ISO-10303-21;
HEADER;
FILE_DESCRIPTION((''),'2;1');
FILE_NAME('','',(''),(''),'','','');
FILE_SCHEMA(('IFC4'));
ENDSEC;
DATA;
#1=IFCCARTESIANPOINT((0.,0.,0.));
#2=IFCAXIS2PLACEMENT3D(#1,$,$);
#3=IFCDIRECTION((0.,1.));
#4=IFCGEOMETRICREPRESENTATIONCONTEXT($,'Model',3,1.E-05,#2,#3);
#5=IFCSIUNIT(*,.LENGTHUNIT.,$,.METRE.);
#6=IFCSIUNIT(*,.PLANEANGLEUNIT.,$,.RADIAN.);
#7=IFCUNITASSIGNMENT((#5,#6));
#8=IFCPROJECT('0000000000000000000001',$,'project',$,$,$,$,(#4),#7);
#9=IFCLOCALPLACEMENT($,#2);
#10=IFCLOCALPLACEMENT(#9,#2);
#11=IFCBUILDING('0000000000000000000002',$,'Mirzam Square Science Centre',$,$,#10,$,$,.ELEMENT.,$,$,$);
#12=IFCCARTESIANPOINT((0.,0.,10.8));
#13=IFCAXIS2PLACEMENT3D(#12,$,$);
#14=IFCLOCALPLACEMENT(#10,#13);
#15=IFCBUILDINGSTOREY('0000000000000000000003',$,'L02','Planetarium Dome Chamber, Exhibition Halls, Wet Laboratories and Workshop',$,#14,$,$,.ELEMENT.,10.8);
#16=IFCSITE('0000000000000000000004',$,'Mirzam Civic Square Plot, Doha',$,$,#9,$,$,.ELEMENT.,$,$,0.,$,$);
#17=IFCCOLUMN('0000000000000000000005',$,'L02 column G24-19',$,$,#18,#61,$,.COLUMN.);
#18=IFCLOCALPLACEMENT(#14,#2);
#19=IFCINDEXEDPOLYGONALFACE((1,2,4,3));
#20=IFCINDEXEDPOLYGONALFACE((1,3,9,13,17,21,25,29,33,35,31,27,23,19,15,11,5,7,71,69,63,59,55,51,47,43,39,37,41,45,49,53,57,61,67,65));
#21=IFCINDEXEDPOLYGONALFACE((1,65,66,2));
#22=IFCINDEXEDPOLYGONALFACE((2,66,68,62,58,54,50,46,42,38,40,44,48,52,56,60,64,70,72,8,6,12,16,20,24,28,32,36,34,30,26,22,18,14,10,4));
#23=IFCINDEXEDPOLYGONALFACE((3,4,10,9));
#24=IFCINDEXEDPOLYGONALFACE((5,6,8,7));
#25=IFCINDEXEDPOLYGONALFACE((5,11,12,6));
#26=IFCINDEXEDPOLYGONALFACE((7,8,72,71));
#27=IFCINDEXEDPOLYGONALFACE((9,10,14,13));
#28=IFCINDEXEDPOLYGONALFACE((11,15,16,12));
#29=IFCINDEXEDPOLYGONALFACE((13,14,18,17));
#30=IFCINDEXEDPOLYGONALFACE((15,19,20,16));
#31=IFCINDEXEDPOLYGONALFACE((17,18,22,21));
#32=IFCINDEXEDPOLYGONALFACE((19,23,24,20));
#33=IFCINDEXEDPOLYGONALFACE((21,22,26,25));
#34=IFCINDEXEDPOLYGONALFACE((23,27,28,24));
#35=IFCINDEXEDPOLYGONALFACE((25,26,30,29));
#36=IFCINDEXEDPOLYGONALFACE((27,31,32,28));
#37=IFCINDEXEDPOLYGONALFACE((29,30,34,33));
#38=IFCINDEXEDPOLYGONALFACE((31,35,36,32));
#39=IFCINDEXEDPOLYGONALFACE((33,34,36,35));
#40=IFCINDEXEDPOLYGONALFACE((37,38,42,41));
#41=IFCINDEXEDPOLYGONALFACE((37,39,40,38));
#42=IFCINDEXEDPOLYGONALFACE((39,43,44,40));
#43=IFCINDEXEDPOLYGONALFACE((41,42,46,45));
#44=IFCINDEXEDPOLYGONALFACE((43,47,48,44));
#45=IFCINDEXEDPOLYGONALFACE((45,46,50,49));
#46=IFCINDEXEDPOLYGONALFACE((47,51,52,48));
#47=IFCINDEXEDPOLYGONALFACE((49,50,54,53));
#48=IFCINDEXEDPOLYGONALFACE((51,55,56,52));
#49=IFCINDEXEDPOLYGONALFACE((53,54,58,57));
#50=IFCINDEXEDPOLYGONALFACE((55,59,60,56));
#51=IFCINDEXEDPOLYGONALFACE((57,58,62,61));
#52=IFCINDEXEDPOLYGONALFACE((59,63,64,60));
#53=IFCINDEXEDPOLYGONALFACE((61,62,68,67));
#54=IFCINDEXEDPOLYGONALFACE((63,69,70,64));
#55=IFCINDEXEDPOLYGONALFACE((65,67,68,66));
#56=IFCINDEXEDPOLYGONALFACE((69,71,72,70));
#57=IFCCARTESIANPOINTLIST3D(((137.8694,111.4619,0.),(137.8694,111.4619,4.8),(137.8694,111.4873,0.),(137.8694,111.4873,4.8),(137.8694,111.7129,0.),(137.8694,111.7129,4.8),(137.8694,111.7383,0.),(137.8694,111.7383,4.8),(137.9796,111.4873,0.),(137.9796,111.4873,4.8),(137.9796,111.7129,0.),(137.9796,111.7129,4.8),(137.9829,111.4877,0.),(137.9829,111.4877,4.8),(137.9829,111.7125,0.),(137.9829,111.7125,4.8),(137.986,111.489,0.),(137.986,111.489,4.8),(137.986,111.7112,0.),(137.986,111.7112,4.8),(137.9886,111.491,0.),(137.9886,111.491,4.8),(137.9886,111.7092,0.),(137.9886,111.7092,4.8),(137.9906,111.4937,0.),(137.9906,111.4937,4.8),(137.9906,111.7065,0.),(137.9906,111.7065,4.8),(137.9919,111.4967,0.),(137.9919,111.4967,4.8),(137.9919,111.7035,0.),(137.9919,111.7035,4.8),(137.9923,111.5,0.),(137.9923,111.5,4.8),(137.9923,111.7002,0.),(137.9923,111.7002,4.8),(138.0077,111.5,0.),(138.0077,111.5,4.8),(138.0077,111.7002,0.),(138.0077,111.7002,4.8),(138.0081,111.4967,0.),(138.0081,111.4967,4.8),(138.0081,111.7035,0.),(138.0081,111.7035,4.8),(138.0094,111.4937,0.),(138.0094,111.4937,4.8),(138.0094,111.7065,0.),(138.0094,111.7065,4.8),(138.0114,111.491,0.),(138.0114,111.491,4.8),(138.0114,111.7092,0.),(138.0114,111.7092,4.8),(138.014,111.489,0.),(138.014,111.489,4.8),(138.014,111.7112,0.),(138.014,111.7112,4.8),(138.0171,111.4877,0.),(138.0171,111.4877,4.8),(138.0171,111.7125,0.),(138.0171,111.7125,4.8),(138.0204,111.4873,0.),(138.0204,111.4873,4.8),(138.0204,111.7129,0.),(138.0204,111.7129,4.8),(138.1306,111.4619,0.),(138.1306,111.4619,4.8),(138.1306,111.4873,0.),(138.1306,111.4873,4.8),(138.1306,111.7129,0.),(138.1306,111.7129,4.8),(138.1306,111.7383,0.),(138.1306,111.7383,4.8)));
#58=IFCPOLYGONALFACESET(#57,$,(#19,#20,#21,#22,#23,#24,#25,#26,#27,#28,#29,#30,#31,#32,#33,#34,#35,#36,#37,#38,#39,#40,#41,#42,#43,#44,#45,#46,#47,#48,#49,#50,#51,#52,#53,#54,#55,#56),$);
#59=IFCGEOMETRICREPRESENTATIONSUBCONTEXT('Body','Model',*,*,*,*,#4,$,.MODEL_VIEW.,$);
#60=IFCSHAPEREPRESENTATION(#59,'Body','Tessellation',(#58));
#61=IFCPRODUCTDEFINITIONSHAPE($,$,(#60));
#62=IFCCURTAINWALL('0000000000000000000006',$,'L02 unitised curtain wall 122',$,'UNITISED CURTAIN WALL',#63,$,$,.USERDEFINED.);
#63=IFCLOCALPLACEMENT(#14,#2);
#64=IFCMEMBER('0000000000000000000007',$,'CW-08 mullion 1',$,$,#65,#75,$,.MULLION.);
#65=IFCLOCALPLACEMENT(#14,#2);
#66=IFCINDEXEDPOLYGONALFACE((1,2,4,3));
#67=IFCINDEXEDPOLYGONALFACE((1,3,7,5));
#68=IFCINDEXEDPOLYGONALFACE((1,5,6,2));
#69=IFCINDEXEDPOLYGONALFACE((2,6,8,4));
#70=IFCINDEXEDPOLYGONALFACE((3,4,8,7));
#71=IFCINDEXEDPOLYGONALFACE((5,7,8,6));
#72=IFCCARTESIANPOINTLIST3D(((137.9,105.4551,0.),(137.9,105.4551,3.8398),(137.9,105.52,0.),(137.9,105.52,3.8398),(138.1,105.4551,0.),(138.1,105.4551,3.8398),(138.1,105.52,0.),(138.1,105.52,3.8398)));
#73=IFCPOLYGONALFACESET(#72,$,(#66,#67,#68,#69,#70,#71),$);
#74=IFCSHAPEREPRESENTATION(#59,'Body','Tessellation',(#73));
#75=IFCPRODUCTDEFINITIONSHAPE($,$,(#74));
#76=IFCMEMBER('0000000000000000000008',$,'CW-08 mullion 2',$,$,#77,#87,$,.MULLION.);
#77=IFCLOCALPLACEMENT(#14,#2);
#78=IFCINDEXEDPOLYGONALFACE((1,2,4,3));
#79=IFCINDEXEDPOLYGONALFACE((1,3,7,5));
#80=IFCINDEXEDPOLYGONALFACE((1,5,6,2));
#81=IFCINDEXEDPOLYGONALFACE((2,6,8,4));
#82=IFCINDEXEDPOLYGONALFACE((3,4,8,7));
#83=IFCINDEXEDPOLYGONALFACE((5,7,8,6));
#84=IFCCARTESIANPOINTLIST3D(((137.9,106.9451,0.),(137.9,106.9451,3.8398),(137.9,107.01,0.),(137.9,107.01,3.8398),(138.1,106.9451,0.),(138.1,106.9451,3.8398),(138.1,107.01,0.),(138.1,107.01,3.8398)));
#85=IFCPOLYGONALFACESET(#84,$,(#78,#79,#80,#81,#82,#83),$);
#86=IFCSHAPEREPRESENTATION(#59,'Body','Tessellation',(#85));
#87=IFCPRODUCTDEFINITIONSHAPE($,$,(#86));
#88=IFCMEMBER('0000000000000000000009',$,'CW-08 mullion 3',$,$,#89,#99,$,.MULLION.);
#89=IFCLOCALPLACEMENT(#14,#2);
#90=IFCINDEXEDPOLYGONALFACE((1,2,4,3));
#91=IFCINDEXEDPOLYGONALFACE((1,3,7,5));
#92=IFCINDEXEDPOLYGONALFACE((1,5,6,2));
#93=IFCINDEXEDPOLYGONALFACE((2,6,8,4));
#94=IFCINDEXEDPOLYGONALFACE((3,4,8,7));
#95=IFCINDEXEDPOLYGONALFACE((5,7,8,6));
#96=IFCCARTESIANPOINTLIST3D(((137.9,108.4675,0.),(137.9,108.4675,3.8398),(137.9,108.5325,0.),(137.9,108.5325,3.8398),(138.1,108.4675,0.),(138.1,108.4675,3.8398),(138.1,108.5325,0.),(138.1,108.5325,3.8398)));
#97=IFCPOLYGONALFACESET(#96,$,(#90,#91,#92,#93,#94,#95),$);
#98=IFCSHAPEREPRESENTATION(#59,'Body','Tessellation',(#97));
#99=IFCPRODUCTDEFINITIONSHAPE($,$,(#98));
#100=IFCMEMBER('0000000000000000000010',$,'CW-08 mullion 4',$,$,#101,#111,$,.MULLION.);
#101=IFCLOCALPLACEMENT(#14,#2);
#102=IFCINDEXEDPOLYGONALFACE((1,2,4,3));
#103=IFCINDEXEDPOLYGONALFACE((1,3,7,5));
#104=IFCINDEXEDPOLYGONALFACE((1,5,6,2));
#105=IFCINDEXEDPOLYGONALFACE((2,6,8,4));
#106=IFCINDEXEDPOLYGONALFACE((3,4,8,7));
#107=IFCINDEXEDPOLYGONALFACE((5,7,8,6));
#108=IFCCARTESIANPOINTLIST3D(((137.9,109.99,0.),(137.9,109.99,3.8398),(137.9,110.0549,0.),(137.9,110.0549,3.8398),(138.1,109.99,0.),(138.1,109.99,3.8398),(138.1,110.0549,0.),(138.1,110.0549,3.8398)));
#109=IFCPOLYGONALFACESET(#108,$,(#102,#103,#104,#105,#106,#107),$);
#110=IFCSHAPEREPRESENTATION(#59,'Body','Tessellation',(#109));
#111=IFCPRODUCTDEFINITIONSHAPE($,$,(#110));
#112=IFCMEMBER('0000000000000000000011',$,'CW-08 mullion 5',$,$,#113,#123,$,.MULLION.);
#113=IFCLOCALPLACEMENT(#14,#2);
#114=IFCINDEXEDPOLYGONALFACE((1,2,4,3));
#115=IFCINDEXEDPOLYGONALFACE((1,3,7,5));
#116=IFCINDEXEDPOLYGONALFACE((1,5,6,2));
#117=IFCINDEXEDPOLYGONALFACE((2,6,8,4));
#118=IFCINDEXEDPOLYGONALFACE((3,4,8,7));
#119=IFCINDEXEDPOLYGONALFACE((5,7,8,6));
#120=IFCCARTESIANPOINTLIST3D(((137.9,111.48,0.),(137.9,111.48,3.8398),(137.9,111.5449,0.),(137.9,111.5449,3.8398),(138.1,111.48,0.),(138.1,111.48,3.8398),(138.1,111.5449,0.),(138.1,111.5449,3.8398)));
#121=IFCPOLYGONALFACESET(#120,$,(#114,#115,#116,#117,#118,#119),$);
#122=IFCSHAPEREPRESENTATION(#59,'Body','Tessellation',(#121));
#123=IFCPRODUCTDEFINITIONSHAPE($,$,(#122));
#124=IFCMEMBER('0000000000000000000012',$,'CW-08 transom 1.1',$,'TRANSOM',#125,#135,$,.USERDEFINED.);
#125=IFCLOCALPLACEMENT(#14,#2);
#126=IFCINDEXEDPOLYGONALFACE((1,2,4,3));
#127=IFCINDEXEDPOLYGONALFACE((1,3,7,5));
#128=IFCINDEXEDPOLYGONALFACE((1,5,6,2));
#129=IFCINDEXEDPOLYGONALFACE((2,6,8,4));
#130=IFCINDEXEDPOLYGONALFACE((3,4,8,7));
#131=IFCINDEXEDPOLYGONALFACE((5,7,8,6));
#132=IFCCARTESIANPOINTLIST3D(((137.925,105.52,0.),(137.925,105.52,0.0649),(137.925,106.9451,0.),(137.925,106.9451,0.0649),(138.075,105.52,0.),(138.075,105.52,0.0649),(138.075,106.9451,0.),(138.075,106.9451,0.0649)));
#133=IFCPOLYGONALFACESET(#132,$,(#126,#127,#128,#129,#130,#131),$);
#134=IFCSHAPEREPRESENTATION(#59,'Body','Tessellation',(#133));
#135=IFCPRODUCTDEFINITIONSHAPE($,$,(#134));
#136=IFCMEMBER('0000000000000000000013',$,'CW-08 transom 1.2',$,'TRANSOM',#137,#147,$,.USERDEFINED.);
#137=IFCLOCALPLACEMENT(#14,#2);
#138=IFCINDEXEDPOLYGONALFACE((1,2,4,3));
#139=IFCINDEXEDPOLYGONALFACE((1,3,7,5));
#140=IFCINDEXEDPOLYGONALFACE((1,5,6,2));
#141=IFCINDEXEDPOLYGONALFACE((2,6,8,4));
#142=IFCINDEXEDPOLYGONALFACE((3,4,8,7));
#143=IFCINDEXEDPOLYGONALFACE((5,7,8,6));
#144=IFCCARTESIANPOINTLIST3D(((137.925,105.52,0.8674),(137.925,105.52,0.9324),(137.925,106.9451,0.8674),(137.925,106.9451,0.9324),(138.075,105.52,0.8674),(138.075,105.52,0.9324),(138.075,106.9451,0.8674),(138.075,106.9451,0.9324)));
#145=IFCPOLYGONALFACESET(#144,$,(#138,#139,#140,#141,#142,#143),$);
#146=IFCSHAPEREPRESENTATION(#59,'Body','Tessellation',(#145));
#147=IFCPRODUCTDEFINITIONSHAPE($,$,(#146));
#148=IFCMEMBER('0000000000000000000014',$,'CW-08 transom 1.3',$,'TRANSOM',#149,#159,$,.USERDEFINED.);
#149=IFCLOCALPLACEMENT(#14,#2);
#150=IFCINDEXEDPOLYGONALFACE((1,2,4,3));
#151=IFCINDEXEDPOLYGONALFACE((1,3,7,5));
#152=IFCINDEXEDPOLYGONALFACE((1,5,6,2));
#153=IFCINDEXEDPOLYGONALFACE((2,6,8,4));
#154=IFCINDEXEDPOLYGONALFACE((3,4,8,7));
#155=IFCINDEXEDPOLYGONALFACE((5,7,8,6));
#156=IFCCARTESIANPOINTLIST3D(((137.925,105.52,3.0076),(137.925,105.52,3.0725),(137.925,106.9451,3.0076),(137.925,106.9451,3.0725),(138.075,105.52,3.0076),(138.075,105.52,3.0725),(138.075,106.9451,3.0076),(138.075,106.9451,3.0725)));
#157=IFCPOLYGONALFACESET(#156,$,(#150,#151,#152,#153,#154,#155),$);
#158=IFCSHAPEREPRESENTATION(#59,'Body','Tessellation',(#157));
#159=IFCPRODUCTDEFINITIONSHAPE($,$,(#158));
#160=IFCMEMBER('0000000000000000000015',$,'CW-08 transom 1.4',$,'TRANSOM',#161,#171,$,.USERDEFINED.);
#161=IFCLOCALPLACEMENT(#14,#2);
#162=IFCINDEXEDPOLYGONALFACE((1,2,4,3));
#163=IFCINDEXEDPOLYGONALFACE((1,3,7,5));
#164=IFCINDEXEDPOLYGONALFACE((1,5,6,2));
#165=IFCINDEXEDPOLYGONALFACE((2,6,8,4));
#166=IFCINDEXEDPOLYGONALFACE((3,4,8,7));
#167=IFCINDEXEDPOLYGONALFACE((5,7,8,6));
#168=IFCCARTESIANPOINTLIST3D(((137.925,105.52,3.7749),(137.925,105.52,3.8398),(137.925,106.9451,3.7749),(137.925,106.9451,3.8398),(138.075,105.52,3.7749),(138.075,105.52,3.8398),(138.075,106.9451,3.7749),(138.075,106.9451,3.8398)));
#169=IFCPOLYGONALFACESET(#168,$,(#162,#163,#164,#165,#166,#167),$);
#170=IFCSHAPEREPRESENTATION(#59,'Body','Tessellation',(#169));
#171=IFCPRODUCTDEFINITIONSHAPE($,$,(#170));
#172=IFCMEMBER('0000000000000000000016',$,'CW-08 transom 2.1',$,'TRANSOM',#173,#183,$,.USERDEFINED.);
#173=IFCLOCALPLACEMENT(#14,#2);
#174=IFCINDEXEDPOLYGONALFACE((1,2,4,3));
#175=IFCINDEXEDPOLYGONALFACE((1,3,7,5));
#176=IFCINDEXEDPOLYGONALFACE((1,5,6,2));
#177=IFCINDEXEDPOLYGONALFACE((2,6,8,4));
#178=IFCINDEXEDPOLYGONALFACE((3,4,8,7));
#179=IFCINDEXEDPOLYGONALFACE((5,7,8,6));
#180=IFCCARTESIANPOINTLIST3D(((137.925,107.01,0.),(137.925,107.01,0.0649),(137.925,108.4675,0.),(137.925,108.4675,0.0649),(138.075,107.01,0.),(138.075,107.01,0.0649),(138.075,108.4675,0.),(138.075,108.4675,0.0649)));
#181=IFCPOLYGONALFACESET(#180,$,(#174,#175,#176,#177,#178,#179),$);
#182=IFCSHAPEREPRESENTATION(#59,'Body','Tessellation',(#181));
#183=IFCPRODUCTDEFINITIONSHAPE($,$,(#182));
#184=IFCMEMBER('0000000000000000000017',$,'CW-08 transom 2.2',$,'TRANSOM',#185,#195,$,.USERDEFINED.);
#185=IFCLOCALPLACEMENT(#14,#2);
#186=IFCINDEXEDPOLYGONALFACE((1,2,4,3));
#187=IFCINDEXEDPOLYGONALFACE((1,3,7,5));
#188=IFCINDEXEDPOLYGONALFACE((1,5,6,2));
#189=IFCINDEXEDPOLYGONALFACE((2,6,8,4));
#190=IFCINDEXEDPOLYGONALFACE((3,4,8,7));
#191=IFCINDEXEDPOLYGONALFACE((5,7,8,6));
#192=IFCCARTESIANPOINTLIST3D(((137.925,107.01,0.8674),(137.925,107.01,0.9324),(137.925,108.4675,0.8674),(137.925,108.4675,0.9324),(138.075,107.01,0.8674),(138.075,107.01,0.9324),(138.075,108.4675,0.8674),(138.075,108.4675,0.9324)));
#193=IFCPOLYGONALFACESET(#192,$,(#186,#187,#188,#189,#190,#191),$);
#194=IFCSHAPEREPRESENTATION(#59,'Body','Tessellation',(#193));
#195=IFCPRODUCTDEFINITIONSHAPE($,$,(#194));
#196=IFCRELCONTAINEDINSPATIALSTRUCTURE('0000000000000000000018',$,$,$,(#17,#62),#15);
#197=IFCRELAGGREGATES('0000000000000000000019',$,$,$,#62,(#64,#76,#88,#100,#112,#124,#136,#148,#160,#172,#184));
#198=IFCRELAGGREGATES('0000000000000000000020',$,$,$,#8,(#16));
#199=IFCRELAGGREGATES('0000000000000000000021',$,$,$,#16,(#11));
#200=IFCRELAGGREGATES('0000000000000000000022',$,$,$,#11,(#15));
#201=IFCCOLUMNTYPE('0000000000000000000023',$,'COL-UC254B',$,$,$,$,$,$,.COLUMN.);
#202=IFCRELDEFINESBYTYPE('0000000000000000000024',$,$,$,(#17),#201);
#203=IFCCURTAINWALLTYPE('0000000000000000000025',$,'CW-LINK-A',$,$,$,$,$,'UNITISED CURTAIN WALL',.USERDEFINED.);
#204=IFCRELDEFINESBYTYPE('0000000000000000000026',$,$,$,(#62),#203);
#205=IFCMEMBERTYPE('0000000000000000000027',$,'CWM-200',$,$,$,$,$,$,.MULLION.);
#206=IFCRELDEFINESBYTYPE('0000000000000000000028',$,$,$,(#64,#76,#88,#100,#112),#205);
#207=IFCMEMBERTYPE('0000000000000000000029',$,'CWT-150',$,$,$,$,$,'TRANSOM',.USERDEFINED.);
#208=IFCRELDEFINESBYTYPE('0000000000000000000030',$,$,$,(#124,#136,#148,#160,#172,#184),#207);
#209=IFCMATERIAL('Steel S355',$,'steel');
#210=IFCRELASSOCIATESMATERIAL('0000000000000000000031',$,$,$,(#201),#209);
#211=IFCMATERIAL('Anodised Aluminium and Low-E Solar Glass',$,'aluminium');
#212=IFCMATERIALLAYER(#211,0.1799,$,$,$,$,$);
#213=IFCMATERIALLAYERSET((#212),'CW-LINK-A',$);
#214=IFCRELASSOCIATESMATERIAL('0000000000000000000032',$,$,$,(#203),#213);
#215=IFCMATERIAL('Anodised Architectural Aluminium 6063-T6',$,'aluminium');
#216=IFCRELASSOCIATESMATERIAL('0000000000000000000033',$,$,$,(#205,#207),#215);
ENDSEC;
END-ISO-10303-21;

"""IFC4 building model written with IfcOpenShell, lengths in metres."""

from ifc_helpers import new_model, si_unit, direction, frame, origin, origin_2d, place, context, subcontext, project, spatial, rectangle, i_section, extrude, material, layer, layer_set, material_profile, profile_set, type_object, element, aggregate, save


model = new_model("IFC4")

# Units and contexts
model_context = context("Model", 3, precision=1e-05, world=origin(), true_north=direction((0.0, 1.0)))
body_context = subcontext(model_context, "Body", "Model", "MODEL_VIEW")
ifc_project = project(units=[si_unit("LENGTHUNIT", "METRE"), si_unit("PLANEANGLEUNIT", "RADIAN")], contexts=[model_context])

# Site, building, storey
site_placement = place(None, origin())
site = spatial("IfcSite", under=ifc_project, at=site_placement, Name="Mirzam Civic Square Plot, Doha", CompositionType="ELEMENT", RefElevation=0.0)
building_placement = place(site_placement, origin())
building = spatial("IfcBuilding", under=site, at=building_placement, Name="Mirzam Square Science Centre", CompositionType="ELEMENT")
storey_placement = place(building_placement, frame((0.0, 0.0, 10.8)))
storey = spatial("IfcBuildingStorey", under=building, at=storey_placement, Name="L02", Description="Planetarium Dome Chamber, Exhibition Halls, Wet Laboratories and Workshop", CompositionType="ELEMENT", Elevation=10.8)

# Column
ifc_material_1 = material(Name="Steel S355", Category="steel")
ifc_material_profile_1 = material_profile(ifc_material_1, i_section(OverallWidth=0.2612, OverallDepth=0.2764, WebThickness=0.0154, FlangeThickness=0.0254, FilletRadius=0.0127, at=origin_2d()), Name="254x254x132UC")
ifc_profile_set_1 = profile_set([ifc_material_profile_1], Name="Steel S355")
column_type = type_object("IfcColumnType", Name="COL-UC254B", PredefinedType="COLUMN", material=ifc_profile_set_1)
column_placement = place(storey_placement, frame((138.0, 111.6001, 0.0), z_axis=(0.0, 0.0, 1.0), x_axis=(1.0, 0.0, 0.0)))
element("IfcColumn", 1, at=column_placement, inside=storey, type_object=column_type, Name="L02 column G24-19", PredefinedType="COLUMN", context=body_context, shape_type="SweptSolid", body=[
    extrude(i_section(OverallWidth=0.2612, OverallDepth=0.2764, WebThickness=0.0154, FlangeThickness=0.0254, FilletRadius=0.0127, at=origin_2d()), origin(), (0.0, 0.0, 1.0), 4.8),
])

# Curtain wall, members
ifc_material_2 = material(Name="Anodised Aluminium and Low-E Solar Glass", Category="aluminium")
ifc_layer_1 = layer(ifc_material_2, 0.1799)
ifc_layer_set_1 = layer_set([ifc_layer_1], Name="CW-LINK-A")
curtain_wall_type = type_object("IfcCurtainWallType", Name="CW-LINK-A", ElementType="UNITISED CURTAIN WALL", PredefinedType="USERDEFINED", material=ifc_layer_set_1)
curtain_wall_placement = place(storey_placement, origin())
curtain_wall = element("IfcCurtainWall", 2, at=curtain_wall_placement, inside=storey, type_object=curtain_wall_type, Name="L02 unitised curtain wall 122", ObjectType="UNITISED CURTAIN WALL", PredefinedType="USERDEFINED")
ifc_material_3 = material(Name="Anodised Architectural Aluminium 6063-T6", Category="aluminium")
ifc_material_profile_2 = material_profile(ifc_material_3, rectangle(XDim=0.0649, YDim=0.2, at=origin_2d()), Name="ALU-MULL-200x65x5")
ifc_profile_set_2 = profile_set([ifc_material_profile_2], Name="Anodised Architectural Aluminium 6063-T6")
member_type_1 = type_object("IfcMemberType", Name="CWM-200", PredefinedType="MULLION", material=ifc_profile_set_2)
member_1_placement = place(storey_placement, frame((138.0, 105.4875, 0.0), z_axis=(0.0, 0.0, 1.0), x_axis=(0.0, 1.0, 0.0)))
member_1 = element("IfcMember", 3, at=member_1_placement, type_object=member_type_1, Name="CW-08 mullion 1", PredefinedType="MULLION", context=body_context, shape_type="SweptSolid", body=[
    extrude(rectangle(XDim=0.0649, YDim=0.2, at=origin_2d()), origin(), (0.0, 0.0, 1.0), 3.8398),
])
member_2_placement = place(storey_placement, frame((138.0, 106.9775, 0.0), z_axis=(0.0, 0.0, 1.0), x_axis=(0.0, 1.0, 0.0)))
member_2 = element("IfcMember", 4, at=member_2_placement, type_object=member_type_1, Name="CW-08 mullion 2", PredefinedType="MULLION", context=body_context, shape_type="SweptSolid", body=[
    extrude(rectangle(XDim=0.0649, YDim=0.2, at=origin_2d()), origin(), (0.0, 0.0, 1.0), 3.8398),
])
member_3_placement = place(storey_placement, frame((138.0, 108.5, 0.0), z_axis=(0.0, 0.0, 1.0), x_axis=(0.0, 1.0, 0.0)))
member_3 = element("IfcMember", 5, at=member_3_placement, type_object=member_type_1, Name="CW-08 mullion 3", PredefinedType="MULLION", context=body_context, shape_type="SweptSolid", body=[
    extrude(rectangle(XDim=0.0649, YDim=0.2, at=origin_2d()), origin(), (0.0, 0.0, 1.0), 3.8398),
])
member_4_placement = place(storey_placement, frame((138.0, 110.0225, 0.0), z_axis=(0.0, 0.0, 1.0), x_axis=(0.0, 1.0, 0.0)))
member_4 = element("IfcMember", 6, at=member_4_placement, type_object=member_type_1, Name="CW-08 mullion 4", PredefinedType="MULLION", context=body_context, shape_type="SweptSolid", body=[
    extrude(rectangle(XDim=0.0649, YDim=0.2, at=origin_2d()), origin(), (0.0, 0.0, 1.0), 3.8398),
])
member_5_placement = place(storey_placement, frame((138.0, 111.5125, 0.0), z_axis=(0.0, 0.0, 1.0), x_axis=(0.0, 1.0, 0.0)))
member_5 = element("IfcMember", 7, at=member_5_placement, type_object=member_type_1, Name="CW-08 mullion 5", PredefinedType="MULLION", context=body_context, shape_type="SweptSolid", body=[
    extrude(rectangle(XDim=0.0649, YDim=0.2, at=origin_2d()), origin(), (0.0, 0.0, 1.0), 3.8398),
])
ifc_material_profile_3 = material_profile(ifc_material_3, rectangle(XDim=0.1499, YDim=0.0649, at=origin_2d()), Name="ALU-TRAN-150x65x4")
ifc_profile_set_3 = profile_set([ifc_material_profile_3], Name="Anodised Architectural Aluminium 6063-T6")
member_type_2 = type_object("IfcMemberType", Name="CWT-150", ElementType="TRANSOM", PredefinedType="USERDEFINED", material=ifc_profile_set_3)
member_6_placement = place(storey_placement, frame((138.0, 105.52, 0.0325), z_axis=(0.0, 1.0, 0.0), x_axis=(-1.0, 0.0, 0.0)))
member_6 = element("IfcMember", 8, at=member_6_placement, type_object=member_type_2, Name="CW-08 transom 1.1", ObjectType="TRANSOM", PredefinedType="USERDEFINED", context=body_context, shape_type="SweptSolid", body=[
    extrude(rectangle(XDim=0.1499, YDim=0.0649, at=origin_2d()), origin(), (0.0, 0.0, 1.0), 1.425),
])
member_7_placement = place(storey_placement, frame((138.0, 105.52, 0.8999), z_axis=(0.0, 1.0, 0.0), x_axis=(-1.0, 0.0, 0.0)))
member_7 = element("IfcMember", 9, at=member_7_placement, type_object=member_type_2, Name="CW-08 transom 1.2", ObjectType="TRANSOM", PredefinedType="USERDEFINED", context=body_context, shape_type="SweptSolid", body=[
    extrude(rectangle(XDim=0.1499, YDim=0.0649, at=origin_2d()), origin(), (0.0, 0.0, 1.0), 1.425),
])
member_8_placement = place(storey_placement, frame((138.0, 105.52, 3.04), z_axis=(0.0, 1.0, 0.0), x_axis=(-1.0, 0.0, 0.0)))
member_8 = element("IfcMember", 10, at=member_8_placement, type_object=member_type_2, Name="CW-08 transom 1.3", ObjectType="TRANSOM", PredefinedType="USERDEFINED", context=body_context, shape_type="SweptSolid", body=[
    extrude(rectangle(XDim=0.1499, YDim=0.0649, at=origin_2d()), origin(), (0.0, 0.0, 1.0), 1.425),
])
member_9_placement = place(storey_placement, frame((138.0, 105.52, 3.8074), z_axis=(0.0, 1.0, 0.0), x_axis=(-1.0, 0.0, 0.0)))
member_9 = element("IfcMember", 11, at=member_9_placement, type_object=member_type_2, Name="CW-08 transom 1.4", ObjectType="TRANSOM", PredefinedType="USERDEFINED", context=body_context, shape_type="SweptSolid", body=[
    extrude(rectangle(XDim=0.1499, YDim=0.0649, at=origin_2d()), origin(), (0.0, 0.0, 1.0), 1.425),
])
member_10_placement = place(storey_placement, frame((138.0, 107.01, 0.0325), z_axis=(0.0, 1.0, 0.0), x_axis=(-1.0, 0.0, 0.0)))
member_10 = element("IfcMember", 12, at=member_10_placement, type_object=member_type_2, Name="CW-08 transom 2.1", ObjectType="TRANSOM", PredefinedType="USERDEFINED", context=body_context, shape_type="SweptSolid", body=[
    extrude(rectangle(XDim=0.1499, YDim=0.0649, at=origin_2d()), origin(), (0.0, 0.0, 1.0), 1.4575),
])
member_11_placement = place(storey_placement, frame((138.0, 107.01, 0.8999), z_axis=(0.0, 1.0, 0.0), x_axis=(-1.0, 0.0, 0.0)))
member_11 = element("IfcMember", 13, at=member_11_placement, type_object=member_type_2, Name="CW-08 transom 2.2", ObjectType="TRANSOM", PredefinedType="USERDEFINED", context=body_context, shape_type="SweptSolid", body=[
    extrude(rectangle(XDim=0.1499, YDim=0.0649, at=origin_2d()), origin(), (0.0, 0.0, 1.0), 1.4575),
])
aggregate(curtain_wall, [member_1, member_2, member_3, member_4, member_5, member_6, member_7, member_8, member_9, member_10, member_11])

save(model, "model.ifc")
